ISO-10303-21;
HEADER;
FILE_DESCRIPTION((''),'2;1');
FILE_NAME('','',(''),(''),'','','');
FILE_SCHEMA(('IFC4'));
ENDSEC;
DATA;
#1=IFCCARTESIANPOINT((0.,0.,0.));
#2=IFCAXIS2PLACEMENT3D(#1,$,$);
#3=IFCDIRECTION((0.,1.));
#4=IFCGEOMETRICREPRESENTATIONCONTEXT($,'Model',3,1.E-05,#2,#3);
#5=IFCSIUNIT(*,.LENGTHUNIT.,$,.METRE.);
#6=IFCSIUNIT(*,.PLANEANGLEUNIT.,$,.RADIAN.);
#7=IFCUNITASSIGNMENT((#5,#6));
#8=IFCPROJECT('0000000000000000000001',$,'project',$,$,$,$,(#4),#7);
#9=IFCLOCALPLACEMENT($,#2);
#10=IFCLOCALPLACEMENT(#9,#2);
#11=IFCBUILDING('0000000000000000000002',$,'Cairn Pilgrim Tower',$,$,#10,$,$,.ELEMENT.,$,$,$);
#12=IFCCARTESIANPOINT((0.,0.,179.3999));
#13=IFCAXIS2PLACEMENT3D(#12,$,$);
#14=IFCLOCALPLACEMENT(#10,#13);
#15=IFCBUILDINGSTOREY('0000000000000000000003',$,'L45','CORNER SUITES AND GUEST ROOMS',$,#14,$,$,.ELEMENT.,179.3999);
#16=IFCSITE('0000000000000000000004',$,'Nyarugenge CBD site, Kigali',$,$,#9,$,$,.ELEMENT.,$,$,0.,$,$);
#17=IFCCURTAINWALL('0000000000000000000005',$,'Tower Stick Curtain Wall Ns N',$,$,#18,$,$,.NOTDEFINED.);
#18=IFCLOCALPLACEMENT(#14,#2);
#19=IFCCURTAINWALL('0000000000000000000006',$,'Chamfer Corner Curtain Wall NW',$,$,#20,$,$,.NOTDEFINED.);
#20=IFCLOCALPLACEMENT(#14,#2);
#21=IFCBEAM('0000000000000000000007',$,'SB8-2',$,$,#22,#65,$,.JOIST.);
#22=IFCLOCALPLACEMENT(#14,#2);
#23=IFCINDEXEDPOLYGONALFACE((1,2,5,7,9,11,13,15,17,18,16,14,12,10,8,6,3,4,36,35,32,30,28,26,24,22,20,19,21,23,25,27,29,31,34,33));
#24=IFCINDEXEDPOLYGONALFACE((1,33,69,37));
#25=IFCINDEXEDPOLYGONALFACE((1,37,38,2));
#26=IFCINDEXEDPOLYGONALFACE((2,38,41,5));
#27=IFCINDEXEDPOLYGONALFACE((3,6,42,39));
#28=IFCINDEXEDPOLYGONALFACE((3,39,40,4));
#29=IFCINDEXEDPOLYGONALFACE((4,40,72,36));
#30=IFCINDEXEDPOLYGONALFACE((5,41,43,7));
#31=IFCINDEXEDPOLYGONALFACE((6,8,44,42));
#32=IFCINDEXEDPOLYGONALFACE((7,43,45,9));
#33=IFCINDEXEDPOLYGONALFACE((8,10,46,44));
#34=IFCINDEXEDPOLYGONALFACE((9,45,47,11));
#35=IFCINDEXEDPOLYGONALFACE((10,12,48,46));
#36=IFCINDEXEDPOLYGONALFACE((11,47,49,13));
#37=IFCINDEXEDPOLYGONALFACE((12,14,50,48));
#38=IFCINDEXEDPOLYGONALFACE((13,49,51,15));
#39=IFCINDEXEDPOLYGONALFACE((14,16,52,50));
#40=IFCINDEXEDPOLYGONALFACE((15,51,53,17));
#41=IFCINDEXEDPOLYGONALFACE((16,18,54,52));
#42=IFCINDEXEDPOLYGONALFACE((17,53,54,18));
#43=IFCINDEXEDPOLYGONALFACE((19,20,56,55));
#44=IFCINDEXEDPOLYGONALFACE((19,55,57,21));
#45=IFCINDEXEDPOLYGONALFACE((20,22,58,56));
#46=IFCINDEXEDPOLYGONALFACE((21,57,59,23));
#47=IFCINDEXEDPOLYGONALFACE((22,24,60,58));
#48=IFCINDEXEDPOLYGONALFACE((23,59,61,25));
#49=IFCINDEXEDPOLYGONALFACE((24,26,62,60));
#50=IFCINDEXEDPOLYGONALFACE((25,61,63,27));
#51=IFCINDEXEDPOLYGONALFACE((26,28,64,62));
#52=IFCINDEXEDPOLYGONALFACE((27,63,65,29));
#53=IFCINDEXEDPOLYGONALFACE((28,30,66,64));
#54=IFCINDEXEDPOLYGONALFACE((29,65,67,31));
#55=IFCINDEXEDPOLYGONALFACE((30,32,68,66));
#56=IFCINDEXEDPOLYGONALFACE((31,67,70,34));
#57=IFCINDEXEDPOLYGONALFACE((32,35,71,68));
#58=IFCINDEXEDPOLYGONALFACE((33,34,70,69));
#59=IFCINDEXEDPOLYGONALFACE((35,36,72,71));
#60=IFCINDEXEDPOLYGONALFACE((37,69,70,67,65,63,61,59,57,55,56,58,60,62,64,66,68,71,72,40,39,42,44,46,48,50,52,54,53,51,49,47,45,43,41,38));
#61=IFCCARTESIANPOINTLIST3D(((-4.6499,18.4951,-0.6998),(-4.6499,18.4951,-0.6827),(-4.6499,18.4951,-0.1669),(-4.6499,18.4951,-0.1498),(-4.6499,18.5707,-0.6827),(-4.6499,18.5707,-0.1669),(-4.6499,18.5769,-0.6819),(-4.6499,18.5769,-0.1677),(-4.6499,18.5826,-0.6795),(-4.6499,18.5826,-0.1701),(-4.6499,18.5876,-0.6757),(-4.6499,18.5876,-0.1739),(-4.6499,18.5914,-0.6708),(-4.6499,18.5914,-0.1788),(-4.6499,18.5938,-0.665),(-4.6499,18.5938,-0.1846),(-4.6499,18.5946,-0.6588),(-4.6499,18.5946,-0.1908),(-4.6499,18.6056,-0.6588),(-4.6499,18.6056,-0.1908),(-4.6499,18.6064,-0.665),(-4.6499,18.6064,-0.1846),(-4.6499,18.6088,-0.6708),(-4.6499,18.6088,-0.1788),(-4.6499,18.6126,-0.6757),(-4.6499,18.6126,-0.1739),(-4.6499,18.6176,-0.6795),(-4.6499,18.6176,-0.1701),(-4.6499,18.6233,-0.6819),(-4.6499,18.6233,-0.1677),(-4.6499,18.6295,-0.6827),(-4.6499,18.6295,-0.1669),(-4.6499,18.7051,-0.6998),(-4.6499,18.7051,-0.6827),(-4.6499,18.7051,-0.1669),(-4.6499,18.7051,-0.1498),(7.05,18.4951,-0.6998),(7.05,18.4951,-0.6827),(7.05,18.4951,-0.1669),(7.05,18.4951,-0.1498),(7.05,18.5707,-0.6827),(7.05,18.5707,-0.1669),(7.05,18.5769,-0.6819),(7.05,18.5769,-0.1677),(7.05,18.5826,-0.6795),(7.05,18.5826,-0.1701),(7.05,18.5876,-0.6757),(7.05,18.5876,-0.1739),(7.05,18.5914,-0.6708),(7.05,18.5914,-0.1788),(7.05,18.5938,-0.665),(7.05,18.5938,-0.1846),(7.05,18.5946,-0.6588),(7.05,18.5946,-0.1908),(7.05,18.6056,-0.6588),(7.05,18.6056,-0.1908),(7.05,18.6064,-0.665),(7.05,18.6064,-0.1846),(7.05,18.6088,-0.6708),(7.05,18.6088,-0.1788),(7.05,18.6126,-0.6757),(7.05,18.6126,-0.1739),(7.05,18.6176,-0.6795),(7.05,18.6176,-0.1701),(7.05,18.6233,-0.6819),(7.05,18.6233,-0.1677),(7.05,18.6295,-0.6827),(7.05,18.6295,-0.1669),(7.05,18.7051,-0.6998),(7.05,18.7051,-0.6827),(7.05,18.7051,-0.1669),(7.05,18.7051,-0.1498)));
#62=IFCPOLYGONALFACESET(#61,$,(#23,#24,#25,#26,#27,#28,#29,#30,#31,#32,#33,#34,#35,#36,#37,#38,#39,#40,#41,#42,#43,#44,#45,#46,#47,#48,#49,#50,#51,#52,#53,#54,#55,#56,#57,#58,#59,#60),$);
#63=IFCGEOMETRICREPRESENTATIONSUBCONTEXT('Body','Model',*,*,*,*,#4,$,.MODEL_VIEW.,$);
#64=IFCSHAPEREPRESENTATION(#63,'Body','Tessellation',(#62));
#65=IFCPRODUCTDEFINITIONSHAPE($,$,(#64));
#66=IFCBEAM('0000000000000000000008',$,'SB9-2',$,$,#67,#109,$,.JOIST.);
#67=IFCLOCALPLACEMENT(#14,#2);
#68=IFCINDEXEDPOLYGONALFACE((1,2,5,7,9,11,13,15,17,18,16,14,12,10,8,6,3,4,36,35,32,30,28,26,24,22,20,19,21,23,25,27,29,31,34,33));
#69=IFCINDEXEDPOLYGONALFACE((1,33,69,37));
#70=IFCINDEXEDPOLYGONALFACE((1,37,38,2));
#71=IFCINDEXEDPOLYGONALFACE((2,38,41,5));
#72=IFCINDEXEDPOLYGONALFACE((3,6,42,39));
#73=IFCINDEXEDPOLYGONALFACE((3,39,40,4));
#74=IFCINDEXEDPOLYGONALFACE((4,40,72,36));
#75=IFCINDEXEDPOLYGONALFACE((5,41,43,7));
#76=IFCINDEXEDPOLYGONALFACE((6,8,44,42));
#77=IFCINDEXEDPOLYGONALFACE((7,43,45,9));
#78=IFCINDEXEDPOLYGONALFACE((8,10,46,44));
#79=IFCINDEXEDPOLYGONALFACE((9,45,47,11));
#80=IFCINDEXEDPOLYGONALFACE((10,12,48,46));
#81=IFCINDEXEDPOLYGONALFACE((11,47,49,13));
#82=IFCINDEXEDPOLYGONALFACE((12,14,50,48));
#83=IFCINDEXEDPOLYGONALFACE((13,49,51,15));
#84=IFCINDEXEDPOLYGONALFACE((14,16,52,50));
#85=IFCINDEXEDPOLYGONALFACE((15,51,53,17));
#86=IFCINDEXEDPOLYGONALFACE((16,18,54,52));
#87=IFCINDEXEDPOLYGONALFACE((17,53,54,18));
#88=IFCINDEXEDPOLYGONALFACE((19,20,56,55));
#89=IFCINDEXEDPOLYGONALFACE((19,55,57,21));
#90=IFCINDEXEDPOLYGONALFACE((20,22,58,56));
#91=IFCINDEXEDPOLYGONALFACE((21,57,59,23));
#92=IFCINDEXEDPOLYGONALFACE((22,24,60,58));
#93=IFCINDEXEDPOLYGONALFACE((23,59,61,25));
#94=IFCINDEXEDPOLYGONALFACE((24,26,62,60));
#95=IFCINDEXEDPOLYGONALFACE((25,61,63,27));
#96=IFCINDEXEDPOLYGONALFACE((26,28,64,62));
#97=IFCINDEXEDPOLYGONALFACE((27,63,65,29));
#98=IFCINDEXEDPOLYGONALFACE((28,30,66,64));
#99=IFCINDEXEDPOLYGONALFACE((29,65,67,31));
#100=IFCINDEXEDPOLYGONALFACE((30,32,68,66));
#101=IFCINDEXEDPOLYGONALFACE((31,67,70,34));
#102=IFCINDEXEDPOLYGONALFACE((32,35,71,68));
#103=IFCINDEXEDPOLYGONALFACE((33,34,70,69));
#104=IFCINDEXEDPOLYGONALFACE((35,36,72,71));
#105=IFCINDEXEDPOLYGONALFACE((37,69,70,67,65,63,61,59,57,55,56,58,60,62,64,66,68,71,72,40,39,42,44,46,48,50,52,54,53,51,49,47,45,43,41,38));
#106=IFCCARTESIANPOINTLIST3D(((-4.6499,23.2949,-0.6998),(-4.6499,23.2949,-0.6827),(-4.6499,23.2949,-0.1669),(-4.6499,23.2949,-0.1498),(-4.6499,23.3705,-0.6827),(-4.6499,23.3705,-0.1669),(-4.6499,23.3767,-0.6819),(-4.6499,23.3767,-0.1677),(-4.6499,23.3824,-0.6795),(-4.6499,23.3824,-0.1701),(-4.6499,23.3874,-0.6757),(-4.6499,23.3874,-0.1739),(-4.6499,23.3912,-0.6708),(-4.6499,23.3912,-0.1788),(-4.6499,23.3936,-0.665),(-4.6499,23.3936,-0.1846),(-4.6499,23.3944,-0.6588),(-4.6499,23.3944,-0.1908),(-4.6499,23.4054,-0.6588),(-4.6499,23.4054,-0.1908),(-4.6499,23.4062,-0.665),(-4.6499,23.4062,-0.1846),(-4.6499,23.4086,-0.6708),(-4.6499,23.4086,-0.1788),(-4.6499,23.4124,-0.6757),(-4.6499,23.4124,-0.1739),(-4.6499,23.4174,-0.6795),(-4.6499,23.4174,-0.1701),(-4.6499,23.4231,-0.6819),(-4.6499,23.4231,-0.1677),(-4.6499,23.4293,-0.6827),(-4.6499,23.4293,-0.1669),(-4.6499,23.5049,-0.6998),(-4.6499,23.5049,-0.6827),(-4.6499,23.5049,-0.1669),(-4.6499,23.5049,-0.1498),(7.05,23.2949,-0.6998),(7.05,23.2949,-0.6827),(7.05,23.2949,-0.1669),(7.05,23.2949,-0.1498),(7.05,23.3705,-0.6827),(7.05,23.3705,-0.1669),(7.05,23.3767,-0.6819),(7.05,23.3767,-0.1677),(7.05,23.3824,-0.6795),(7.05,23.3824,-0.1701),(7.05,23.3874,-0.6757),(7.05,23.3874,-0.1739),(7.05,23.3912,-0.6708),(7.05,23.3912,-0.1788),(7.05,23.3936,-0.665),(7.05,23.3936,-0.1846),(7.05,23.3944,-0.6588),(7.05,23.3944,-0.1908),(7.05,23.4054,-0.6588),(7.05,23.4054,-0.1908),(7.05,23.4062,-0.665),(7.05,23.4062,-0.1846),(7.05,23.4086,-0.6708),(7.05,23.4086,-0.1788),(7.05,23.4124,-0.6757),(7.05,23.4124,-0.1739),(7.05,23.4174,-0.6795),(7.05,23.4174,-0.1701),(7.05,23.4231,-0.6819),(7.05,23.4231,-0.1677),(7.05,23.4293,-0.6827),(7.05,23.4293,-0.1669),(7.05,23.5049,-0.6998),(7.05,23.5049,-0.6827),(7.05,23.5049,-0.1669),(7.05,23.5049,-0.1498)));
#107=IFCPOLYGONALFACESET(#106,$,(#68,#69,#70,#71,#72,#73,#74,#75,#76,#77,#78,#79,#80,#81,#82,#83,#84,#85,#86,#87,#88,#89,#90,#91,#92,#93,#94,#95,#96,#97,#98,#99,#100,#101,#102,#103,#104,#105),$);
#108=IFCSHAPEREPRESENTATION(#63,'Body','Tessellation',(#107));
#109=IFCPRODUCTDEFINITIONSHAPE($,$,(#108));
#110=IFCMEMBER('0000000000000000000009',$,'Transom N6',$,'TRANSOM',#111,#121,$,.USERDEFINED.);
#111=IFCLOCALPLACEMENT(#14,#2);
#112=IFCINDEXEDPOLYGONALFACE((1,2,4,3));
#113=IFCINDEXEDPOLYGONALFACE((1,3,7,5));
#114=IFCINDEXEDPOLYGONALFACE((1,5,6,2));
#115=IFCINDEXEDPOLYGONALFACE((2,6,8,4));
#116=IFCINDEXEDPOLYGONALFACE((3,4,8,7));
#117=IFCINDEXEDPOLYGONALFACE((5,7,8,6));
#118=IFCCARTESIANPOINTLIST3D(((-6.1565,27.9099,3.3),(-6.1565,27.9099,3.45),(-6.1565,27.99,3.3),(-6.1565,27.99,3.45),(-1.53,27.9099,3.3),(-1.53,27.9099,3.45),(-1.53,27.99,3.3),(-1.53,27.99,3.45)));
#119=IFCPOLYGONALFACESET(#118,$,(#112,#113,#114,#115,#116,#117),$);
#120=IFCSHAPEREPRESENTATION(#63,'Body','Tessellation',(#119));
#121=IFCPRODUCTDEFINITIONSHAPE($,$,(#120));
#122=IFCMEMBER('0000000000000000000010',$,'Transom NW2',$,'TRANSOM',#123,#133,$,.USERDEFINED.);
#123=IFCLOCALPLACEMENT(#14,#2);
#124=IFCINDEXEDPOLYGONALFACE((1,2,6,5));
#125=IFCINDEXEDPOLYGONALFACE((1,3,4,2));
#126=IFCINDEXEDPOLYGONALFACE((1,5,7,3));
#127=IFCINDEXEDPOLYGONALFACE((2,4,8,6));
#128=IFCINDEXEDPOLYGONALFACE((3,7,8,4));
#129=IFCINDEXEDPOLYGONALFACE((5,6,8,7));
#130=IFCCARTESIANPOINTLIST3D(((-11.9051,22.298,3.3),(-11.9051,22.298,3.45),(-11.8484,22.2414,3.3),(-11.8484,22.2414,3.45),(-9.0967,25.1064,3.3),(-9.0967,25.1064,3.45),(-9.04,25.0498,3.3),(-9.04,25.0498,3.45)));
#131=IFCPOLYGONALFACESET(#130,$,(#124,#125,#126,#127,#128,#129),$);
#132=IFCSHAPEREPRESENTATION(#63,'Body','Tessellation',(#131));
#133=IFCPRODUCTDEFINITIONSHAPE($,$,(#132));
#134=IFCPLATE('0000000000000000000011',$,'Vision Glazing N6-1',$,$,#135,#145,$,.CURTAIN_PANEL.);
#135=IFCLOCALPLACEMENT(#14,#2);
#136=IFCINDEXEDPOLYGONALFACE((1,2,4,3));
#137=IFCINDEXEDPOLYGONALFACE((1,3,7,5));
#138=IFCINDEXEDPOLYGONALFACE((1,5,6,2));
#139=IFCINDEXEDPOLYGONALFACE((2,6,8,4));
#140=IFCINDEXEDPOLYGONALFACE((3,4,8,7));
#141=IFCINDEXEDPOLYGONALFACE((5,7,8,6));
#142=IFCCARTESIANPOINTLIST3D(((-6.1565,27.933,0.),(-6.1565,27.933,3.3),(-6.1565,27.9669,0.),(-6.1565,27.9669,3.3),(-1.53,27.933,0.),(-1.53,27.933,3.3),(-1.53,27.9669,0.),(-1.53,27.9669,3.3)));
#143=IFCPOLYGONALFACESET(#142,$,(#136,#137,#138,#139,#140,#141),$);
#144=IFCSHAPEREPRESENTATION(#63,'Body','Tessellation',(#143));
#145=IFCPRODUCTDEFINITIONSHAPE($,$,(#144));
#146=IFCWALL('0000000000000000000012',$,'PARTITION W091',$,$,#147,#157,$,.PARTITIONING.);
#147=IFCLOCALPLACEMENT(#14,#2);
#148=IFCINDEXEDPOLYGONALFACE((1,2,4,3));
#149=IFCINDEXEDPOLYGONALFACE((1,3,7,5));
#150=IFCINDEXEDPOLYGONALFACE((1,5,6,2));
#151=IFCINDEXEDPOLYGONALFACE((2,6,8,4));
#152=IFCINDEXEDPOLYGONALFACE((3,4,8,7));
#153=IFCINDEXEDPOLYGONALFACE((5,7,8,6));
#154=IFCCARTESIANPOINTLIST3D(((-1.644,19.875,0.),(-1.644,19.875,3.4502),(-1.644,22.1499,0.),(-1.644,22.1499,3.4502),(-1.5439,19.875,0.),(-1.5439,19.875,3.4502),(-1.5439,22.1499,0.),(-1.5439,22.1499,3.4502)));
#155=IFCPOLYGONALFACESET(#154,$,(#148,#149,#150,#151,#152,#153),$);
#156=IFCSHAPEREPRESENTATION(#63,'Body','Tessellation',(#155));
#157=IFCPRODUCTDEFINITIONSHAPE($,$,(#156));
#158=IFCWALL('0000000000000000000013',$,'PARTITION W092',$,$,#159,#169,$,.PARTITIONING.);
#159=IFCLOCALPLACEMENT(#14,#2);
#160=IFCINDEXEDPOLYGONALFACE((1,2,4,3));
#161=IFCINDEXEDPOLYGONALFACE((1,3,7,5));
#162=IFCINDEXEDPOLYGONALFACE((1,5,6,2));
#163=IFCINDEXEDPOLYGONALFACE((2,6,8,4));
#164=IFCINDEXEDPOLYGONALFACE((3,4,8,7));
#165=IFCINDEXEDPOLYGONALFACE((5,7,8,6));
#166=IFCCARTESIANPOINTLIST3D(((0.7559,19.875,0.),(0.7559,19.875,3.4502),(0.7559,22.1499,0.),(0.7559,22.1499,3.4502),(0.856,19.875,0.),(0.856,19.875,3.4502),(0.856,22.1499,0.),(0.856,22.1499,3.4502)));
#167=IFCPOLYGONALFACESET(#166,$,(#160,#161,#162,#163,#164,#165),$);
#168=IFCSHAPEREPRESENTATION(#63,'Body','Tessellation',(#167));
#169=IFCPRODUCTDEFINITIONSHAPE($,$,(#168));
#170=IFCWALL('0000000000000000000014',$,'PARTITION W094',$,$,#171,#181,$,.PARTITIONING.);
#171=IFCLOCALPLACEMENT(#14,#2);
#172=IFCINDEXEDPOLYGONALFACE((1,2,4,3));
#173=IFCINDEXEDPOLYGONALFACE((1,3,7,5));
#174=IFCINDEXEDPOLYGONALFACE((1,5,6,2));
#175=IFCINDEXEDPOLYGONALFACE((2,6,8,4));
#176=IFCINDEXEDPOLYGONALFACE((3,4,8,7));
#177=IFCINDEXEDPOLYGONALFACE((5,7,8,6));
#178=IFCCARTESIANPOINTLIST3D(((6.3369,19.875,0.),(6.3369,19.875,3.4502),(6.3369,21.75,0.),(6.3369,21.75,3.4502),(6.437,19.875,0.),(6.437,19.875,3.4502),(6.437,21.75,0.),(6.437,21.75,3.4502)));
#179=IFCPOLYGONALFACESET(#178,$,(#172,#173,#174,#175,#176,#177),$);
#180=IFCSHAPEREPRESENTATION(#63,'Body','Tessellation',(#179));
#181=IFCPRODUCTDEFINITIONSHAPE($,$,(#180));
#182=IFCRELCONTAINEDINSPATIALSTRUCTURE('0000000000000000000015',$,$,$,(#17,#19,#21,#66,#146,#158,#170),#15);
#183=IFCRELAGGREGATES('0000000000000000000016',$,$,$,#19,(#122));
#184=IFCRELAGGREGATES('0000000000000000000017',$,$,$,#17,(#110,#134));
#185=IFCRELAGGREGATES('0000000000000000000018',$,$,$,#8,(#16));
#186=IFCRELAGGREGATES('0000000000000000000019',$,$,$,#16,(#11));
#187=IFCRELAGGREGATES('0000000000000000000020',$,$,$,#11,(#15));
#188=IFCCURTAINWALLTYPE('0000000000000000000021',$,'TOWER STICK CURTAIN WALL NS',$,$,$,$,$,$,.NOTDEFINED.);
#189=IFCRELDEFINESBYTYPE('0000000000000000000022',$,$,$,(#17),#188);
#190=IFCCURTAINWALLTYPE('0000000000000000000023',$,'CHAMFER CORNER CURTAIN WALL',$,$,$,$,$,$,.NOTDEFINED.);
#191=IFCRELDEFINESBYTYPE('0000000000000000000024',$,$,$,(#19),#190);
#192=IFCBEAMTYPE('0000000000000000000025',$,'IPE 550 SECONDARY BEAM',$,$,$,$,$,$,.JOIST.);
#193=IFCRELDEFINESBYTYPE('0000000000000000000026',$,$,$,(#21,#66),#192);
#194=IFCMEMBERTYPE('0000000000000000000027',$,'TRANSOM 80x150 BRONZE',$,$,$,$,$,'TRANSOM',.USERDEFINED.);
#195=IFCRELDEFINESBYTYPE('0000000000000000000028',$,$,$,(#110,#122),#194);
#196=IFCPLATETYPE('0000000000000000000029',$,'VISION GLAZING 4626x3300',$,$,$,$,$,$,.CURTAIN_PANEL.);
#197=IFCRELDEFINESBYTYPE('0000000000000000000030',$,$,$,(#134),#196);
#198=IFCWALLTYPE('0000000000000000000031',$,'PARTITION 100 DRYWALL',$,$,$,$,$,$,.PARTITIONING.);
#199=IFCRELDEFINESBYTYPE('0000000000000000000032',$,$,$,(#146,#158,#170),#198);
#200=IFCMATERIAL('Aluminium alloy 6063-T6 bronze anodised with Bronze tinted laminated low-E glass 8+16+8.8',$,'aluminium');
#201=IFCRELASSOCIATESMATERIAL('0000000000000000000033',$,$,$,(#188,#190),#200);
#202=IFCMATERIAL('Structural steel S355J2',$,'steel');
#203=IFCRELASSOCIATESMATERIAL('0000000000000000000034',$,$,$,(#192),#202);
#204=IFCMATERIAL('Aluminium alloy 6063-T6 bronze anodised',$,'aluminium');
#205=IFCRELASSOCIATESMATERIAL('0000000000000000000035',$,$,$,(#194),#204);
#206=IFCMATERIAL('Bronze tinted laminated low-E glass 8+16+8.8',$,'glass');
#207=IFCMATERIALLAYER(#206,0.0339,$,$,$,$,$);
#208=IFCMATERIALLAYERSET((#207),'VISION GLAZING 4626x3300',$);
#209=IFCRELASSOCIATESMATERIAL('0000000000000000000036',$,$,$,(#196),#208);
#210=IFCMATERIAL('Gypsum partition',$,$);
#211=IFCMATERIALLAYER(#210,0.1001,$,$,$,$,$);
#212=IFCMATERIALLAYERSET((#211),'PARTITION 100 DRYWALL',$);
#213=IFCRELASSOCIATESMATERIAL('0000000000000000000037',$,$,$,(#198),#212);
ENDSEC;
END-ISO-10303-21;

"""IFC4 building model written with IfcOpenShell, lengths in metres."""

from ifc_helpers import new_model, si_unit, direction, frame, frame_2d, origin, origin_2d, place, context, subcontext, project, spatial, rectangle, i_section, extrude, material, layer, layer_set, material_profile, profile_set, type_object, element, aggregate, save


model = new_model("IFC4")

# Units and contexts
model_context = context("Model", 3, precision=1e-05, world=origin(), true_north=direction((0.0, 1.0)))
body_context = subcontext(model_context, "Body", "Model", "MODEL_VIEW")
ifc_project = project(units=[si_unit("LENGTHUNIT", "METRE"), si_unit("PLANEANGLEUNIT", "RADIAN")], contexts=[model_context])

# Site, building, storey
site_placement = place(None, origin())
site = spatial("IfcSite", under=ifc_project, at=site_placement, Name="Nyarugenge CBD site, Kigali", CompositionType="ELEMENT", RefElevation=0.0)
building_placement = place(site_placement, origin())
building = spatial("IfcBuilding", under=site, at=building_placement, Name="Cairn Pilgrim Tower", CompositionType="ELEMENT")
storey_placement = place(building_placement, frame((0.0, 0.0, 179.3999)))
storey = spatial("IfcBuildingStorey", under=building, at=storey_placement, Name="L45", Description="CORNER SUITES AND GUEST ROOMS", CompositionType="ELEMENT", Elevation=179.3999)

# Curtain wall
ifc_material_1 = material(Name="Aluminium alloy 6063-T6 bronze anodised with Bronze tinted laminated low-E glass 8+16+8.8", Category="aluminium")
curtain_wall_type_1 = type_object("IfcCurtainWallType", Name="TOWER STICK CURTAIN WALL NS", PredefinedType="NOTDEFINED", material=ifc_material_1)
curtain_wall_1_placement = place(storey_placement, origin())
curtain_wall_1 = element("IfcCurtainWall", 1, at=curtain_wall_1_placement, inside=storey, type_object=curtain_wall_type_1, Name="Tower Stick Curtain Wall Ns N", PredefinedType="NOTDEFINED")
ifc_material_2 = material(Name="Aluminium alloy 6063-T6 bronze anodised", Category="aluminium")

# Curtain wall
curtain_wall_type_2 = type_object("IfcCurtainWallType", Name="CHAMFER CORNER CURTAIN WALL", PredefinedType="NOTDEFINED", material=ifc_material_1)
curtain_wall_2_placement = place(storey_placement, origin())
curtain_wall_2 = element("IfcCurtainWall", 2, at=curtain_wall_2_placement, inside=storey, type_object=curtain_wall_type_2, Name="Chamfer Corner Curtain Wall NW", PredefinedType="NOTDEFINED")

# Beams
ifc_material_3 = material(Name="Structural steel S355J2", Category="steel")
ifc_material_profile_1 = material_profile(ifc_material_3, i_section(OverallWidth=0.21, OverallDepth=0.55, WebThickness=0.011, FlangeThickness=0.0171, FilletRadius=0.0239, at=origin_2d()), Name="IPE 550")
ifc_profile_set_1 = profile_set([ifc_material_profile_1], Name="Structural steel S355J2")
beam_type_1 = type_object("IfcBeamType", Name="IPE 550 SECONDARY BEAM", PredefinedType="JOIST", material=ifc_profile_set_1)
for number, where, z_axis, x_axis, name in (
    (3, (-4.6499, 18.6001, -0.4248), (1.0, 0.0, 0.0), (0.0, 1.0, 0.0), "SB8-2"),
    (4, (-4.6499, 23.3999, -0.4248), (1.0, 0.0, 0.0), (0.0, 1.0, 0.0), "SB9-2"),
):
    element("IfcBeam", number, at=place(storey_placement, frame(where, z_axis=z_axis, x_axis=x_axis)), inside=storey, type_object=beam_type_1, Name=name, PredefinedType="JOIST", context=body_context, shape_type="SweptSolid", body=[
        extrude(i_section(OverallWidth=0.21, OverallDepth=0.55, WebThickness=0.011, FlangeThickness=0.0171, FilletRadius=0.0239, at=origin_2d()), origin(), (0.0, 0.0, 1.0), 11.7),
    ])

# Members
ifc_material_profile_2 = material_profile(ifc_material_2, rectangle(XDim=0.0801, YDim=0.1499, at=origin_2d()), Name="TRANSOM 80x150 BRONZE")
ifc_profile_set_2 = profile_set([ifc_material_profile_2], Name="Aluminium alloy 6063-T6 bronze anodised")
member_type_1 = type_object("IfcMemberType", Name="TRANSOM 80x150 BRONZE", ElementType="TRANSOM", PredefinedType="USERDEFINED", material=ifc_profile_set_2)
member_1_placement = place(storey_placement, frame((-1.53, 27.95, 3.375), z_axis=(-1.0, 0.0, 0.0), x_axis=(0.0, -1.0, 0.0)))
member_1 = element("IfcMember", 5, at=member_1_placement, type_object=member_type_1, Name="Transom N6", ObjectType="TRANSOM", PredefinedType="USERDEFINED", context=body_context, shape_type="SweptSolid", body=[
    extrude(rectangle(XDim=0.0801, YDim=0.1499, at=origin_2d()), origin(), (0.0, 0.0, 1.0), 4.6265),
])
member_2_placement = place(storey_placement, frame((-9.0684, 25.0781, 3.375), z_axis=(-0.707107, -0.707107, 0.0), x_axis=(0.707107, -0.707107, 0.0)))
member_2 = element("IfcMember", 6, at=member_2_placement, type_object=member_type_1, Name="Transom NW2", ObjectType="TRANSOM", PredefinedType="USERDEFINED", context=body_context, shape_type="SweptSolid", body=[
    extrude(rectangle(XDim=0.0801, YDim=0.1499, at=origin_2d()), origin(), (0.0, 0.0, 1.0), 3.9717),
])
aggregate(curtain_wall_2, [member_2])

# Plate
ifc_material_4 = material(Name="Bronze tinted laminated low-E glass 8+16+8.8", Category="glass")
ifc_layer_1 = layer(ifc_material_4, 0.0339)
ifc_layer_set_1 = layer_set([ifc_layer_1], Name="VISION GLAZING 4626x3300")
plate_type = type_object("IfcPlateType", Name="VISION GLAZING 4626x3300", PredefinedType="CURTAIN_PANEL", material=ifc_layer_set_1)
plate_placement = place(storey_placement, frame((-3.8433, 27.95, 0.0), z_axis=(0.0, 0.0, 1.0), x_axis=(-1.0, 0.0, 0.0)))
plate = element("IfcPlate", 7, at=plate_placement, type_object=plate_type, Name="Vision Glazing N6-1", PredefinedType="CURTAIN_PANEL", context=body_context, shape_type="SweptSolid", body=[
    extrude(rectangle(XDim=4.6265, YDim=0.0339, at=origin_2d()), origin(), (0.0, 0.0, 1.0), 3.3),
])
aggregate(curtain_wall_1, [member_1, plate])

# Walls
ifc_material_5 = material(Name="Gypsum partition")
ifc_layer_2 = layer(ifc_material_5, 0.1001)
ifc_layer_set_2 = layer_set([ifc_layer_2], Name="PARTITION 100 DRYWALL")
wall_type_1 = type_object("IfcWallType", Name="PARTITION 100 DRYWALL", PredefinedType="PARTITIONING", material=ifc_layer_set_2)
for number, where, z_axis, x_axis, name in (
    (8, (-1.594, 19.875, 0.0), (0.0, 0.0, 1.0), (0.0, 1.0, 0.0), "PARTITION W091"),
    (9, (0.8059, 19.875, 0.0), (0.0, 0.0, 1.0), (0.0, 1.0, 0.0), "PARTITION W092"),
):
    element("IfcWall", number, at=place(storey_placement, frame(where, z_axis=z_axis, x_axis=x_axis)), inside=storey, type_object=wall_type_1, Name=name, PredefinedType="PARTITIONING", context=body_context, shape_type="SweptSolid", body=[
        extrude(rectangle(XDim=2.2749, YDim=0.1001, at=frame_2d((1.1375, 0.0))), origin(), (0.0, 0.0, 1.0), 3.4502),
    ])
wall_1_placement = place(storey_placement, frame((6.387, 19.875, 0.0), z_axis=(0.0, 0.0, 1.0), x_axis=(0.0, 1.0, 0.0)))
element("IfcWall", 10, at=wall_1_placement, inside=storey, type_object=wall_type_1, Name="PARTITION W094", PredefinedType="PARTITIONING", context=body_context, shape_type="SweptSolid", body=[
    extrude(rectangle(XDim=1.875, YDim=0.1001, at=frame_2d((0.9375, 0.0))), origin(), (0.0, 0.0, 1.0), 3.4502),
])

save(model, "model.ifc")
